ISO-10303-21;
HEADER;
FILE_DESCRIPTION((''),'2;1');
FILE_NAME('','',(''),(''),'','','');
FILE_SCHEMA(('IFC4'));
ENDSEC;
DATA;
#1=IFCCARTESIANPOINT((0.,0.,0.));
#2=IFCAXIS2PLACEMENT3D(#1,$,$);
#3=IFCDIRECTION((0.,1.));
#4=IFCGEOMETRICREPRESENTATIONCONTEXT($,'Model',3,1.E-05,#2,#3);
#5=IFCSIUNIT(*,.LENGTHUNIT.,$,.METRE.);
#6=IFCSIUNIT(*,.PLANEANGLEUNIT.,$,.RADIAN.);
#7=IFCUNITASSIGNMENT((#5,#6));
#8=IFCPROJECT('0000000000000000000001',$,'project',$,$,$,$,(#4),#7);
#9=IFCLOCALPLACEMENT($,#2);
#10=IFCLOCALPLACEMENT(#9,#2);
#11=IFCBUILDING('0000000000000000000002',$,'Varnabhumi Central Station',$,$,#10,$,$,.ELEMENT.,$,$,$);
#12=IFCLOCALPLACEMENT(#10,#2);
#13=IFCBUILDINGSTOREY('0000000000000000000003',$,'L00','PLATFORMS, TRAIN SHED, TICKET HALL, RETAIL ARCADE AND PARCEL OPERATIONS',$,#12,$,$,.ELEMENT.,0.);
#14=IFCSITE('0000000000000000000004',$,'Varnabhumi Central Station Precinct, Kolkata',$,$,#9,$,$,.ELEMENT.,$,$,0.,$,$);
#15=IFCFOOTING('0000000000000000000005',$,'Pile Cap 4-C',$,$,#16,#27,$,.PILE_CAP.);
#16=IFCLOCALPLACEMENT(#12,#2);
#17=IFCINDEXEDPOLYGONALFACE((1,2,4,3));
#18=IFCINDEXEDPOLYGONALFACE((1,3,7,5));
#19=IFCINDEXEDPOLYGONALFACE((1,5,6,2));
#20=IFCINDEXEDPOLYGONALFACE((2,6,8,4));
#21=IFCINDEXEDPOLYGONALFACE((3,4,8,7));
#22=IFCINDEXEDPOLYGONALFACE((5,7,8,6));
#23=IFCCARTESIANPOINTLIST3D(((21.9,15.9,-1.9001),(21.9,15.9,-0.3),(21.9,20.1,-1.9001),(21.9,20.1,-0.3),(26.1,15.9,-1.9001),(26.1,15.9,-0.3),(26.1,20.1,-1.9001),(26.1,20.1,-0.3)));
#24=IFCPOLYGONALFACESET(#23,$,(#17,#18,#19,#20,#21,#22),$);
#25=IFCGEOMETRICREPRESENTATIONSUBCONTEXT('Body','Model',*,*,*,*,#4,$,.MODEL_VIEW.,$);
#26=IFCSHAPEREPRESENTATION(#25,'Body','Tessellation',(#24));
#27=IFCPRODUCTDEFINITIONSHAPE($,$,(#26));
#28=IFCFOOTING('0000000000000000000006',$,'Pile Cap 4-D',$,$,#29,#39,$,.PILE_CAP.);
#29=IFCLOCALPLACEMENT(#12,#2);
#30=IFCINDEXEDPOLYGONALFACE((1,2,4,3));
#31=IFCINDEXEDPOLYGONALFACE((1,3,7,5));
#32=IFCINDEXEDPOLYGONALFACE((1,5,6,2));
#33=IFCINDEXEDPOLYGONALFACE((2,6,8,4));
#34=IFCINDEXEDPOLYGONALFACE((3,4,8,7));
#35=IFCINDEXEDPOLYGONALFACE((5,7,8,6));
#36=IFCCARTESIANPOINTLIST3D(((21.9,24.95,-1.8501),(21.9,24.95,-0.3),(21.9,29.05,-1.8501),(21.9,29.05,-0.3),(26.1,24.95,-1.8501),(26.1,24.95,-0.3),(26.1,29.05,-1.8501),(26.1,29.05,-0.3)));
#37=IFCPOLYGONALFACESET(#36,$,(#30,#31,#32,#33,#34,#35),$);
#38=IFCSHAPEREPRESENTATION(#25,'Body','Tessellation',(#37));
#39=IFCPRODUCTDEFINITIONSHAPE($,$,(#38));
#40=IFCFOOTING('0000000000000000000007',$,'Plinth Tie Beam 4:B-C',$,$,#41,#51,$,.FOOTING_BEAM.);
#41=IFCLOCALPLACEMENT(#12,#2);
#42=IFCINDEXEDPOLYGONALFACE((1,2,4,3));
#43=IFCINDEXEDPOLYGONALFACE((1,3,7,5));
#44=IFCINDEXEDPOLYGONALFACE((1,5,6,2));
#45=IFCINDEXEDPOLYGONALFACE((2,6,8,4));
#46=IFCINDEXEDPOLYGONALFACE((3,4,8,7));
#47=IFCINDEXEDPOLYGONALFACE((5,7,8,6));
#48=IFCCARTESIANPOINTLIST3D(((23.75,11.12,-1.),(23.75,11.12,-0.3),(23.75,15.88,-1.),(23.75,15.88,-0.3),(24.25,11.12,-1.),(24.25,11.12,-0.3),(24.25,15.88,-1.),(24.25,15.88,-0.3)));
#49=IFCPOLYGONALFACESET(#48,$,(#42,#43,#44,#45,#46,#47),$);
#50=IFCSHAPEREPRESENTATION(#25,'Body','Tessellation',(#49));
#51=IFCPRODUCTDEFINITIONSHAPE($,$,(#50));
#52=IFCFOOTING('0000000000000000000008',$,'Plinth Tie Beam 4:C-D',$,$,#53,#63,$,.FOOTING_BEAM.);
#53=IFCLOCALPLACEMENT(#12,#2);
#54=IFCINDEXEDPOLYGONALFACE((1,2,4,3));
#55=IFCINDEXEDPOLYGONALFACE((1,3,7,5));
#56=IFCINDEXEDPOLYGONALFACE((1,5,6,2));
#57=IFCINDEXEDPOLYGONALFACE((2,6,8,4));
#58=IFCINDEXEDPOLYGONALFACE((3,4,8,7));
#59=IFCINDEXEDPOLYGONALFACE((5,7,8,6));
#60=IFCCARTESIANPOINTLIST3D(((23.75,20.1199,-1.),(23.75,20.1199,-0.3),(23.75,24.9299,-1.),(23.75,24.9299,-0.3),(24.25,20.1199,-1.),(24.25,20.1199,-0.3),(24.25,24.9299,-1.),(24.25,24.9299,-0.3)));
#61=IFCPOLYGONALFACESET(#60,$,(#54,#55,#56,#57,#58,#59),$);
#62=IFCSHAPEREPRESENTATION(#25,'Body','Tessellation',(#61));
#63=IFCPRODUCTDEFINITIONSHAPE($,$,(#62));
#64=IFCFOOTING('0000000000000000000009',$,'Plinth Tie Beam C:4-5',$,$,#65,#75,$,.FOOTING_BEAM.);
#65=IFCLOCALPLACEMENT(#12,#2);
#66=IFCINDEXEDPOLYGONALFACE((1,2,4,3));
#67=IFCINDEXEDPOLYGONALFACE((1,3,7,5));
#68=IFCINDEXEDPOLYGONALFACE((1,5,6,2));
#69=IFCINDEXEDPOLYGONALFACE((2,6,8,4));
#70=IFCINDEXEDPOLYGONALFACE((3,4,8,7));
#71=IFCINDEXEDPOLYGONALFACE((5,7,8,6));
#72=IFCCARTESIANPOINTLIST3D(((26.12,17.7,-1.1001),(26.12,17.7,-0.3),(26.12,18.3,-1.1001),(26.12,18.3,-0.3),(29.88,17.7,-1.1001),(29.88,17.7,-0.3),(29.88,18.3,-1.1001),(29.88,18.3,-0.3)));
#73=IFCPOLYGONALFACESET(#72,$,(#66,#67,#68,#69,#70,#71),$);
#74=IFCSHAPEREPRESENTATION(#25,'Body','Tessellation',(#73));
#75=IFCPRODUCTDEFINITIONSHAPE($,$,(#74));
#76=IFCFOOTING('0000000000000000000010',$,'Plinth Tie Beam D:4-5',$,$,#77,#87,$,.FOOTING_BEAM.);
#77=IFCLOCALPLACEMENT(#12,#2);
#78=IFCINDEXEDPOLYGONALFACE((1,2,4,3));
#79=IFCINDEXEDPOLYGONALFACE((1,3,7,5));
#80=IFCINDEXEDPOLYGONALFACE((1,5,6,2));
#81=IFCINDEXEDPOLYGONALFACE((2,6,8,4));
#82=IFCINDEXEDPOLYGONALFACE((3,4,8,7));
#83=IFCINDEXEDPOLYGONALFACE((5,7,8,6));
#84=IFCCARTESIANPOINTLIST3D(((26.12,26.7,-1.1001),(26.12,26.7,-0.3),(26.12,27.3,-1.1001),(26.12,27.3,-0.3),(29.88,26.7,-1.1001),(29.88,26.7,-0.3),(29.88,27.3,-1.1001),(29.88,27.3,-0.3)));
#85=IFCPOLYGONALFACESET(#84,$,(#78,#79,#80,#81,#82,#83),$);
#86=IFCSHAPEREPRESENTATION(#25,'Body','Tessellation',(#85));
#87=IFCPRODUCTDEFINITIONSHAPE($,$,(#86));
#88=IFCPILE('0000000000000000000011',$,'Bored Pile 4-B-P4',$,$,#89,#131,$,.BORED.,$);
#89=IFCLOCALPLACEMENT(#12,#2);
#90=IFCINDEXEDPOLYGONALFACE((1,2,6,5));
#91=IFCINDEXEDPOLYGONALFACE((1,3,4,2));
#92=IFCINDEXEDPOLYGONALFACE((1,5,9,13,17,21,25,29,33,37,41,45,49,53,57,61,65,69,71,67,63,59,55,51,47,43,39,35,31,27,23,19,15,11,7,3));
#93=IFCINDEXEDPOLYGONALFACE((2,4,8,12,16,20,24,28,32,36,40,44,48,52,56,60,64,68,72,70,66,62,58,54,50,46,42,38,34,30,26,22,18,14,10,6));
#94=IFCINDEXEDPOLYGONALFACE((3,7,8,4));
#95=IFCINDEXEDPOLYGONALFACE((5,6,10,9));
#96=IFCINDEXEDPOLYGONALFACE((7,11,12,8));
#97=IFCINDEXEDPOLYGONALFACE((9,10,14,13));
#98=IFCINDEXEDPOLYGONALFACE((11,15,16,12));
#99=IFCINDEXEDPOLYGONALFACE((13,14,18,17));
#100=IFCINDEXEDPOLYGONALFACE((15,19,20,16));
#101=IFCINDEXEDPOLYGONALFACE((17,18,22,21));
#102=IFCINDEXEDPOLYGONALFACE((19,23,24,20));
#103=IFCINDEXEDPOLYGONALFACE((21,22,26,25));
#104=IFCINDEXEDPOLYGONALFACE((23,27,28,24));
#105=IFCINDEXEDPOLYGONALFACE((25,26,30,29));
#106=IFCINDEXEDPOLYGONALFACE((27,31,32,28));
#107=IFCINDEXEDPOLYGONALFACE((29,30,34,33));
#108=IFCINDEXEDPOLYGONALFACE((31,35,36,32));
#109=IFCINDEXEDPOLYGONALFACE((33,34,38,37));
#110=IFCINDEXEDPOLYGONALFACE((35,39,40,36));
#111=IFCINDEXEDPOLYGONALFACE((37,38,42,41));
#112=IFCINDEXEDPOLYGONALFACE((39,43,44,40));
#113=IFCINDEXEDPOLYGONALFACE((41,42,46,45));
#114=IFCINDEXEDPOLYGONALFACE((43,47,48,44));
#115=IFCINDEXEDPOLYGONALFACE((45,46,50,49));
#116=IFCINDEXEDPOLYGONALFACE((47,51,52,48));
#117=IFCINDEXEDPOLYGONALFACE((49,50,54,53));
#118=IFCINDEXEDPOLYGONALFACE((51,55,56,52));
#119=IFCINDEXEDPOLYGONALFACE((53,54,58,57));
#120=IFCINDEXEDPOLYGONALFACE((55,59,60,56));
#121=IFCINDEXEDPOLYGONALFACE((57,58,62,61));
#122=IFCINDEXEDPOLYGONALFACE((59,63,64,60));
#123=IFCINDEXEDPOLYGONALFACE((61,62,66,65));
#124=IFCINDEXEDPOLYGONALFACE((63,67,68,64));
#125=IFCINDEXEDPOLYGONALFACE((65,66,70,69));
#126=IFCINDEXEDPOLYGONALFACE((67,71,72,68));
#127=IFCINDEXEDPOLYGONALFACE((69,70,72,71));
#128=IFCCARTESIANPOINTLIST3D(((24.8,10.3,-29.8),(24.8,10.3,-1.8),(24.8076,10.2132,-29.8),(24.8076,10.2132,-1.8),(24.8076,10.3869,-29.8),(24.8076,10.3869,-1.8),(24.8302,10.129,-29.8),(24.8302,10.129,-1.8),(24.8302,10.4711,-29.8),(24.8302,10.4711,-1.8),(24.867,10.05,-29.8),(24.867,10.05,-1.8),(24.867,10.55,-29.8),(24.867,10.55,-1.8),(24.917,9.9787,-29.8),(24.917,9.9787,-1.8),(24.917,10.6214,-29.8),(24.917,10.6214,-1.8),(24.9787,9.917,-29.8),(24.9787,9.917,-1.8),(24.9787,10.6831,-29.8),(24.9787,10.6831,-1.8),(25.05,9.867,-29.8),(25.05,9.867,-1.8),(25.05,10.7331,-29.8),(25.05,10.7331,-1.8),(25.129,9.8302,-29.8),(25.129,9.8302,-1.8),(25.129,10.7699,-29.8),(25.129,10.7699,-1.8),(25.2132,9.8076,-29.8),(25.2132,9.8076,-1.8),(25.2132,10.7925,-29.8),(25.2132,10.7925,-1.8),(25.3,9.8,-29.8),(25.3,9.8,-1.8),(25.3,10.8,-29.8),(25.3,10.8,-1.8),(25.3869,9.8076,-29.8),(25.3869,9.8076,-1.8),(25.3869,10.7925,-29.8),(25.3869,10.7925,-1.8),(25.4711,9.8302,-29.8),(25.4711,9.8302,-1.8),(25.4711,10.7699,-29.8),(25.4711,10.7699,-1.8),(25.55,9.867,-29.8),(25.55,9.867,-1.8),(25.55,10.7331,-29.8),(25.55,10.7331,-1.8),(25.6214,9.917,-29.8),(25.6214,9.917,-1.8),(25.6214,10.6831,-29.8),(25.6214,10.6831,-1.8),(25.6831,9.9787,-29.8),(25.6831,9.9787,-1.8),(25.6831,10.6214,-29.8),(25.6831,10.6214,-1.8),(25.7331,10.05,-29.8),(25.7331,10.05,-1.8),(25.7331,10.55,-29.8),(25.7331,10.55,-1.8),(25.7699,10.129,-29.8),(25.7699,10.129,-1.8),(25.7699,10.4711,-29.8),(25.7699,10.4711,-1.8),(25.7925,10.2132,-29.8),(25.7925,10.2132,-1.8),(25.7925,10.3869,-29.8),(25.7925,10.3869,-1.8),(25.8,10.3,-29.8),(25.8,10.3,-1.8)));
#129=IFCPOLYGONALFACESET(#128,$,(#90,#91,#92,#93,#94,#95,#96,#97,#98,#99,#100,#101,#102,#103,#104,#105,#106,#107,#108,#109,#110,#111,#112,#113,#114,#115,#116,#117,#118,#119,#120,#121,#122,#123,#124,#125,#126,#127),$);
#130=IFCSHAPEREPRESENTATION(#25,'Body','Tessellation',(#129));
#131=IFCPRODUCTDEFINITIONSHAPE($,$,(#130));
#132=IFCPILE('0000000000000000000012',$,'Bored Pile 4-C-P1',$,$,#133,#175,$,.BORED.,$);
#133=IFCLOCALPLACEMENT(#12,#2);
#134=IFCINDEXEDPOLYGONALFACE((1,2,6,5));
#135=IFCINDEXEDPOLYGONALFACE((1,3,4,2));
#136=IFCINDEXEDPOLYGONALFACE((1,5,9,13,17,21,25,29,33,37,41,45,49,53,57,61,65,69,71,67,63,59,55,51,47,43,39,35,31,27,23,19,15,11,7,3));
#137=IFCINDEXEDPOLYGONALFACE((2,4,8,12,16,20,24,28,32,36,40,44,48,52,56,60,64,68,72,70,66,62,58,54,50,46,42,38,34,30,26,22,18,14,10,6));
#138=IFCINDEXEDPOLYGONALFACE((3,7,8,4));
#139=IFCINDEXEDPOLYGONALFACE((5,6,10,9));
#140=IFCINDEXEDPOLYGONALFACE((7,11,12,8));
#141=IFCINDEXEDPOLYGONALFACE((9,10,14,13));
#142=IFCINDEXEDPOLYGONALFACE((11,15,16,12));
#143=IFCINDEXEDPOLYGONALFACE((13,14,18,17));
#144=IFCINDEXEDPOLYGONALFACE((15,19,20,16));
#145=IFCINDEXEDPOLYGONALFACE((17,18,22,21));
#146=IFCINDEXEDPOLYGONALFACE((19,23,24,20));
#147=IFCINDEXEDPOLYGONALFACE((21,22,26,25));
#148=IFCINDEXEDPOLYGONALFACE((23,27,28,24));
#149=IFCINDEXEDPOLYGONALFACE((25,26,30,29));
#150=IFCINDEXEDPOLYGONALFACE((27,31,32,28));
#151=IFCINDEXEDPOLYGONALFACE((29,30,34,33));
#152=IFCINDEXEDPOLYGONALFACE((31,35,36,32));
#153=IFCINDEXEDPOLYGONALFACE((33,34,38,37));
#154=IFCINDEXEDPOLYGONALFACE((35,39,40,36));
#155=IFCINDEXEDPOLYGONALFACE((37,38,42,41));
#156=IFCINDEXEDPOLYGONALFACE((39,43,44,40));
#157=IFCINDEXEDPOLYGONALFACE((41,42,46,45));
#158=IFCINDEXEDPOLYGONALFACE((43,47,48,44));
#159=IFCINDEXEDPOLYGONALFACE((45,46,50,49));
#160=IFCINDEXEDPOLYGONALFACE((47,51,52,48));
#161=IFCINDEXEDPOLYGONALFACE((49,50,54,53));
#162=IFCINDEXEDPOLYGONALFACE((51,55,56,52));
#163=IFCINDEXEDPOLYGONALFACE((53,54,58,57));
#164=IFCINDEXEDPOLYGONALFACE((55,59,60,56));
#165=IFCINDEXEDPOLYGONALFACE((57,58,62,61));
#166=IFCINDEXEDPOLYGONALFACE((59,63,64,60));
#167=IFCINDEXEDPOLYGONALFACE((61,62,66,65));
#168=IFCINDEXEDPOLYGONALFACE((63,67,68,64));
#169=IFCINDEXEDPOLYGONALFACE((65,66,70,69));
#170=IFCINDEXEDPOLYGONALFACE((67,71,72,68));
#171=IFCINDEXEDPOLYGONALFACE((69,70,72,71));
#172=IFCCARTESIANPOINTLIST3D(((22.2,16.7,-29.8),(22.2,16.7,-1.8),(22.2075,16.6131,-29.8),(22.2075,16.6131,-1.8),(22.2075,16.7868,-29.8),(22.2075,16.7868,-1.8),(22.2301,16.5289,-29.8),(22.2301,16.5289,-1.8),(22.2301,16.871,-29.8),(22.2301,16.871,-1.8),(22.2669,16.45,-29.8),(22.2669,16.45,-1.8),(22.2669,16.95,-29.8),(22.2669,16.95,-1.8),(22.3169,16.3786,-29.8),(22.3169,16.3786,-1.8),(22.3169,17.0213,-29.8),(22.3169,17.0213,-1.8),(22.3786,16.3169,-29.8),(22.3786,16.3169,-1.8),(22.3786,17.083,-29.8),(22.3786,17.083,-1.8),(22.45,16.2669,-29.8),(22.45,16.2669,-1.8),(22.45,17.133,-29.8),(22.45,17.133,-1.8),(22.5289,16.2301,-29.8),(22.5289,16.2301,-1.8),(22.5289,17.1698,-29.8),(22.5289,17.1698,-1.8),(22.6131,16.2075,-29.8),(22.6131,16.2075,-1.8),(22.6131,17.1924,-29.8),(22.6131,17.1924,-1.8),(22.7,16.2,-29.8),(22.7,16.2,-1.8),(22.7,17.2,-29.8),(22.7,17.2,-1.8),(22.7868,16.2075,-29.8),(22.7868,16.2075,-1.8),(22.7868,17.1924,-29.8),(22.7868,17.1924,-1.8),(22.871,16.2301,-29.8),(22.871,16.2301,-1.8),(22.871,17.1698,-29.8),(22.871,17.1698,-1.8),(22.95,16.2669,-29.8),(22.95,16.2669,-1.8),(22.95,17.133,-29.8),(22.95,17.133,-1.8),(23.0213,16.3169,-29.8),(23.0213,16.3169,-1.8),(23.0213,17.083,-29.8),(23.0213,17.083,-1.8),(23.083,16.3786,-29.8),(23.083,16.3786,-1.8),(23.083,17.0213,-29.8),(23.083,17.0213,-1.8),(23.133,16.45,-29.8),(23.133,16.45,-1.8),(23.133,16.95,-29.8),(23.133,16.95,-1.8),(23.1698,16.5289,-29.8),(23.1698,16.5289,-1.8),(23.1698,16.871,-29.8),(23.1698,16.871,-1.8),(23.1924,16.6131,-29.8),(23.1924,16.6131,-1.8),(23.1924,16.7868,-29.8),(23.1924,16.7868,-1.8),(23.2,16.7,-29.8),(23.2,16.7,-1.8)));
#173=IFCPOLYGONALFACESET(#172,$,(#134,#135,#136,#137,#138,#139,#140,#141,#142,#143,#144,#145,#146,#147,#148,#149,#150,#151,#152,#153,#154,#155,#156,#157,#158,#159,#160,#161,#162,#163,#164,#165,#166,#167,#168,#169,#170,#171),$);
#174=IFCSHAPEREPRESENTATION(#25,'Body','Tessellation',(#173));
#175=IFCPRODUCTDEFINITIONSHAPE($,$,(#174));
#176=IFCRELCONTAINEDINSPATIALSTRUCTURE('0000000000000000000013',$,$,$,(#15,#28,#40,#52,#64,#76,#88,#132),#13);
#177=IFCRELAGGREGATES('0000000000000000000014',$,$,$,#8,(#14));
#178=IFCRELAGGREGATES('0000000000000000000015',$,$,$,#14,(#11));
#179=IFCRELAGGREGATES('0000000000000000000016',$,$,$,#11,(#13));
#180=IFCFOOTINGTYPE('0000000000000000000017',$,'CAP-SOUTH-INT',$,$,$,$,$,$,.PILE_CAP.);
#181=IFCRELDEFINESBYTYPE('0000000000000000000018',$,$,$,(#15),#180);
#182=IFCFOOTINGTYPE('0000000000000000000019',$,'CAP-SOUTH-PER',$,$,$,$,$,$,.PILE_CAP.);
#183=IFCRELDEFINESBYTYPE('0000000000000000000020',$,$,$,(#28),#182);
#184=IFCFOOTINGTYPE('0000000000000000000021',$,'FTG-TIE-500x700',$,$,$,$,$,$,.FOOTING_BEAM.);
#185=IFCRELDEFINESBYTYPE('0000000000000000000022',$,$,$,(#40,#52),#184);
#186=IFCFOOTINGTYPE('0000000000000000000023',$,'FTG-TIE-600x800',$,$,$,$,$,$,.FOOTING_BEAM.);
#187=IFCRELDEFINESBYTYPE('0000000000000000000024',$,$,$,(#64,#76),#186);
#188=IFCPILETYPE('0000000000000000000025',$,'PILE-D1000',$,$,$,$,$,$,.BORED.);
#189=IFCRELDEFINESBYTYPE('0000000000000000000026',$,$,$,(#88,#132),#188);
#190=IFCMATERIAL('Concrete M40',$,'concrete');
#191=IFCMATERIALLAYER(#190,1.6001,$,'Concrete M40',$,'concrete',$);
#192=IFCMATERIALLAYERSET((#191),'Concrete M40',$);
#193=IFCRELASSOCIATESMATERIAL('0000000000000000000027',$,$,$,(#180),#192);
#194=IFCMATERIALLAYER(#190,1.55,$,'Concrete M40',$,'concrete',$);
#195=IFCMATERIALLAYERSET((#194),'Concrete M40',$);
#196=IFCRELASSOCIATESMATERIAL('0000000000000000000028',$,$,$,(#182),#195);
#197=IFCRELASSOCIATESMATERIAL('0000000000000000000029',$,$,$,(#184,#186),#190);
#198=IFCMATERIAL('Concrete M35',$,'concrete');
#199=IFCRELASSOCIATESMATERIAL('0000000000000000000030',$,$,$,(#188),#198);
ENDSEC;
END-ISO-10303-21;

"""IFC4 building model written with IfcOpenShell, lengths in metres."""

from ifc_helpers import new_model, si_unit, direction, frame, origin, origin_2d, place, context, subcontext, project, spatial, rectangle, circle, extrude, material, layer, layer_set, material_profile, profile_set, type_object, element, save


model = new_model("IFC4")

# Units and contexts
model_context = context("Model", 3, precision=1e-05, world=origin(), true_north=direction((0.0, 1.0)))
body_context = subcontext(model_context, "Body", "Model", "MODEL_VIEW")
ifc_project = project(units=[si_unit("LENGTHUNIT", "METRE"), si_unit("PLANEANGLEUNIT", "RADIAN")], contexts=[model_context])

# Site, building, storey
site_placement = place(None, origin())
site = spatial("IfcSite", under=ifc_project, at=site_placement, Name="Varnabhumi Central Station Precinct, Kolkata", CompositionType="ELEMENT", RefElevation=0.0)
building_placement = place(site_placement, origin())
building = spatial("IfcBuilding", under=site, at=building_placement, Name="Varnabhumi Central Station", CompositionType="ELEMENT")
storey_placement = place(building_placement, origin())
storey = spatial("IfcBuildingStorey", under=building, at=storey_placement, Name="L00", Description="PLATFORMS, TRAIN SHED, TICKET HALL, RETAIL ARCADE AND PARCEL OPERATIONS", CompositionType="ELEMENT", Elevation=0.0)

# Footings
ifc_material_1 = material(Name="Concrete M40", Category="concrete")
ifc_layer_1 = layer(ifc_material_1, 1.6001, Name="Concrete M40", Category="concrete")
ifc_layer_set_1 = layer_set([ifc_layer_1], Name="Concrete M40")
footing_type_1 = type_object("IfcFootingType", Name="CAP-SOUTH-INT", PredefinedType="PILE_CAP", material=ifc_layer_set_1)
footing_1_placement = place(storey_placement, frame((24.0, 18.0, -1.9001), z_axis=(0.0, 0.0, 1.0), x_axis=(1.0, 0.0, 0.0)))
element("IfcFooting", 1, at=footing_1_placement, inside=storey, type_object=footing_type_1, Name="Pile Cap 4-C", PredefinedType="PILE_CAP", context=body_context, shape_type="SweptSolid", body=[
    extrude(rectangle(XDim=4.2, YDim=4.2, at=origin_2d()), origin(), (0.0, 0.0, 1.0), 1.6001),
])
ifc_layer_2 = layer(ifc_material_1, 1.55, Name="Concrete M40", Category="concrete")
ifc_layer_set_2 = layer_set([ifc_layer_2], Name="Concrete M40")
footing_type_2 = type_object("IfcFootingType", Name="CAP-SOUTH-PER", PredefinedType="PILE_CAP", material=ifc_layer_set_2)
footing_2_placement = place(storey_placement, frame((24.0, 27.0, -1.8501), z_axis=(0.0, 0.0, 1.0), x_axis=(1.0, 0.0, 0.0)))
element("IfcFooting", 2, at=footing_2_placement, inside=storey, type_object=footing_type_2, Name="Pile Cap 4-D", PredefinedType="PILE_CAP", context=body_context, shape_type="SweptSolid", body=[
    extrude(rectangle(XDim=4.2, YDim=4.1001, at=origin_2d()), origin(), (0.0, 0.0, 1.0), 1.55),
])
footing_type_3 = type_object("IfcFootingType", Name="FTG-TIE-500x700", PredefinedType="FOOTING_BEAM", material=ifc_material_1)
footing_3_placement = place(storey_placement, frame((24.0, 13.5, -1.0), z_axis=(0.0, 0.0, 1.0), x_axis=(1.0, 0.0, 0.0)))
element("IfcFooting", 3, at=footing_3_placement, inside=storey, type_object=footing_type_3, Name="Plinth Tie Beam 4:B-C", PredefinedType="FOOTING_BEAM", context=body_context, shape_type="SweptSolid", body=[
    extrude(rectangle(XDim=0.5, YDim=4.76, at=origin_2d()), origin(), (0.0, 0.0, 1.0), 0.7),
])
footing_4_placement = place(storey_placement, frame((24.0, 22.5249, -1.0), z_axis=(0.0, 0.0, 1.0), x_axis=(1.0, 0.0, 0.0)))
element("IfcFooting", 4, at=footing_4_placement, inside=storey, type_object=footing_type_3, Name="Plinth Tie Beam 4:C-D", PredefinedType="FOOTING_BEAM", context=body_context, shape_type="SweptSolid", body=[
    extrude(rectangle(XDim=0.5, YDim=4.8101, at=origin_2d()), origin(), (0.0, 0.0, 1.0), 0.7),
])
footing_type_4 = type_object("IfcFootingType", Name="FTG-TIE-600x800", PredefinedType="FOOTING_BEAM", material=ifc_material_1)
for number, where, z_axis, x_axis, name in (
    (5, (28.0, 18.0, -1.1001), (0.0, 0.0, 1.0), (1.0, 0.0, 0.0), "Plinth Tie Beam C:4-5"),
    (6, (28.0, 27.0, -1.1001), (0.0, 0.0, 1.0), (1.0, 0.0, 0.0), "Plinth Tie Beam D:4-5"),
):
    element("IfcFooting", number, at=place(storey_placement, frame(where, z_axis=z_axis, x_axis=x_axis)), inside=storey, type_object=footing_type_4, Name=name, PredefinedType="FOOTING_BEAM", context=body_context, shape_type="SweptSolid", body=[
        extrude(rectangle(XDim=3.76, YDim=0.6001, at=origin_2d()), origin(), (0.0, 0.0, 1.0), 0.8),
    ])

# Piles
ifc_material_2 = material(Name="Concrete M35", Category="concrete")
ifc_material_profile_1 = material_profile(ifc_material_2, circle(Radius=0.5, at=origin_2d()), Name="Concrete M35", Category="concrete")
ifc_profile_set_1 = profile_set([ifc_material_profile_1], Name="Concrete M35")
pile_type = type_object("IfcPileType", Name="PILE-D1000", PredefinedType="BORED", material=ifc_profile_set_1)
for number, where, z_axis, x_axis, name in (
    (7, (25.3, 10.3, -1.8), (0.0, 0.0, -1.0), (1.0, 0.0, 0.0), "Bored Pile 4-B-P4"),
    (8, (22.7, 16.7, -1.8), (0.0, 0.0, -1.0), (1.0, 0.0, 0.0), "Bored Pile 4-C-P1"),
):
    element("IfcPile", number, at=place(storey_placement, frame(where, z_axis=z_axis, x_axis=x_axis)), inside=storey, type_object=pile_type, Name=name, PredefinedType="BORED", context=body_context, shape_type="SweptSolid", body=[
        extrude(circle(Radius=0.5, at=origin_2d()), origin(), (0.0, 0.0, 1.0), 28.0),
    ])

save(model, "model.ifc")
